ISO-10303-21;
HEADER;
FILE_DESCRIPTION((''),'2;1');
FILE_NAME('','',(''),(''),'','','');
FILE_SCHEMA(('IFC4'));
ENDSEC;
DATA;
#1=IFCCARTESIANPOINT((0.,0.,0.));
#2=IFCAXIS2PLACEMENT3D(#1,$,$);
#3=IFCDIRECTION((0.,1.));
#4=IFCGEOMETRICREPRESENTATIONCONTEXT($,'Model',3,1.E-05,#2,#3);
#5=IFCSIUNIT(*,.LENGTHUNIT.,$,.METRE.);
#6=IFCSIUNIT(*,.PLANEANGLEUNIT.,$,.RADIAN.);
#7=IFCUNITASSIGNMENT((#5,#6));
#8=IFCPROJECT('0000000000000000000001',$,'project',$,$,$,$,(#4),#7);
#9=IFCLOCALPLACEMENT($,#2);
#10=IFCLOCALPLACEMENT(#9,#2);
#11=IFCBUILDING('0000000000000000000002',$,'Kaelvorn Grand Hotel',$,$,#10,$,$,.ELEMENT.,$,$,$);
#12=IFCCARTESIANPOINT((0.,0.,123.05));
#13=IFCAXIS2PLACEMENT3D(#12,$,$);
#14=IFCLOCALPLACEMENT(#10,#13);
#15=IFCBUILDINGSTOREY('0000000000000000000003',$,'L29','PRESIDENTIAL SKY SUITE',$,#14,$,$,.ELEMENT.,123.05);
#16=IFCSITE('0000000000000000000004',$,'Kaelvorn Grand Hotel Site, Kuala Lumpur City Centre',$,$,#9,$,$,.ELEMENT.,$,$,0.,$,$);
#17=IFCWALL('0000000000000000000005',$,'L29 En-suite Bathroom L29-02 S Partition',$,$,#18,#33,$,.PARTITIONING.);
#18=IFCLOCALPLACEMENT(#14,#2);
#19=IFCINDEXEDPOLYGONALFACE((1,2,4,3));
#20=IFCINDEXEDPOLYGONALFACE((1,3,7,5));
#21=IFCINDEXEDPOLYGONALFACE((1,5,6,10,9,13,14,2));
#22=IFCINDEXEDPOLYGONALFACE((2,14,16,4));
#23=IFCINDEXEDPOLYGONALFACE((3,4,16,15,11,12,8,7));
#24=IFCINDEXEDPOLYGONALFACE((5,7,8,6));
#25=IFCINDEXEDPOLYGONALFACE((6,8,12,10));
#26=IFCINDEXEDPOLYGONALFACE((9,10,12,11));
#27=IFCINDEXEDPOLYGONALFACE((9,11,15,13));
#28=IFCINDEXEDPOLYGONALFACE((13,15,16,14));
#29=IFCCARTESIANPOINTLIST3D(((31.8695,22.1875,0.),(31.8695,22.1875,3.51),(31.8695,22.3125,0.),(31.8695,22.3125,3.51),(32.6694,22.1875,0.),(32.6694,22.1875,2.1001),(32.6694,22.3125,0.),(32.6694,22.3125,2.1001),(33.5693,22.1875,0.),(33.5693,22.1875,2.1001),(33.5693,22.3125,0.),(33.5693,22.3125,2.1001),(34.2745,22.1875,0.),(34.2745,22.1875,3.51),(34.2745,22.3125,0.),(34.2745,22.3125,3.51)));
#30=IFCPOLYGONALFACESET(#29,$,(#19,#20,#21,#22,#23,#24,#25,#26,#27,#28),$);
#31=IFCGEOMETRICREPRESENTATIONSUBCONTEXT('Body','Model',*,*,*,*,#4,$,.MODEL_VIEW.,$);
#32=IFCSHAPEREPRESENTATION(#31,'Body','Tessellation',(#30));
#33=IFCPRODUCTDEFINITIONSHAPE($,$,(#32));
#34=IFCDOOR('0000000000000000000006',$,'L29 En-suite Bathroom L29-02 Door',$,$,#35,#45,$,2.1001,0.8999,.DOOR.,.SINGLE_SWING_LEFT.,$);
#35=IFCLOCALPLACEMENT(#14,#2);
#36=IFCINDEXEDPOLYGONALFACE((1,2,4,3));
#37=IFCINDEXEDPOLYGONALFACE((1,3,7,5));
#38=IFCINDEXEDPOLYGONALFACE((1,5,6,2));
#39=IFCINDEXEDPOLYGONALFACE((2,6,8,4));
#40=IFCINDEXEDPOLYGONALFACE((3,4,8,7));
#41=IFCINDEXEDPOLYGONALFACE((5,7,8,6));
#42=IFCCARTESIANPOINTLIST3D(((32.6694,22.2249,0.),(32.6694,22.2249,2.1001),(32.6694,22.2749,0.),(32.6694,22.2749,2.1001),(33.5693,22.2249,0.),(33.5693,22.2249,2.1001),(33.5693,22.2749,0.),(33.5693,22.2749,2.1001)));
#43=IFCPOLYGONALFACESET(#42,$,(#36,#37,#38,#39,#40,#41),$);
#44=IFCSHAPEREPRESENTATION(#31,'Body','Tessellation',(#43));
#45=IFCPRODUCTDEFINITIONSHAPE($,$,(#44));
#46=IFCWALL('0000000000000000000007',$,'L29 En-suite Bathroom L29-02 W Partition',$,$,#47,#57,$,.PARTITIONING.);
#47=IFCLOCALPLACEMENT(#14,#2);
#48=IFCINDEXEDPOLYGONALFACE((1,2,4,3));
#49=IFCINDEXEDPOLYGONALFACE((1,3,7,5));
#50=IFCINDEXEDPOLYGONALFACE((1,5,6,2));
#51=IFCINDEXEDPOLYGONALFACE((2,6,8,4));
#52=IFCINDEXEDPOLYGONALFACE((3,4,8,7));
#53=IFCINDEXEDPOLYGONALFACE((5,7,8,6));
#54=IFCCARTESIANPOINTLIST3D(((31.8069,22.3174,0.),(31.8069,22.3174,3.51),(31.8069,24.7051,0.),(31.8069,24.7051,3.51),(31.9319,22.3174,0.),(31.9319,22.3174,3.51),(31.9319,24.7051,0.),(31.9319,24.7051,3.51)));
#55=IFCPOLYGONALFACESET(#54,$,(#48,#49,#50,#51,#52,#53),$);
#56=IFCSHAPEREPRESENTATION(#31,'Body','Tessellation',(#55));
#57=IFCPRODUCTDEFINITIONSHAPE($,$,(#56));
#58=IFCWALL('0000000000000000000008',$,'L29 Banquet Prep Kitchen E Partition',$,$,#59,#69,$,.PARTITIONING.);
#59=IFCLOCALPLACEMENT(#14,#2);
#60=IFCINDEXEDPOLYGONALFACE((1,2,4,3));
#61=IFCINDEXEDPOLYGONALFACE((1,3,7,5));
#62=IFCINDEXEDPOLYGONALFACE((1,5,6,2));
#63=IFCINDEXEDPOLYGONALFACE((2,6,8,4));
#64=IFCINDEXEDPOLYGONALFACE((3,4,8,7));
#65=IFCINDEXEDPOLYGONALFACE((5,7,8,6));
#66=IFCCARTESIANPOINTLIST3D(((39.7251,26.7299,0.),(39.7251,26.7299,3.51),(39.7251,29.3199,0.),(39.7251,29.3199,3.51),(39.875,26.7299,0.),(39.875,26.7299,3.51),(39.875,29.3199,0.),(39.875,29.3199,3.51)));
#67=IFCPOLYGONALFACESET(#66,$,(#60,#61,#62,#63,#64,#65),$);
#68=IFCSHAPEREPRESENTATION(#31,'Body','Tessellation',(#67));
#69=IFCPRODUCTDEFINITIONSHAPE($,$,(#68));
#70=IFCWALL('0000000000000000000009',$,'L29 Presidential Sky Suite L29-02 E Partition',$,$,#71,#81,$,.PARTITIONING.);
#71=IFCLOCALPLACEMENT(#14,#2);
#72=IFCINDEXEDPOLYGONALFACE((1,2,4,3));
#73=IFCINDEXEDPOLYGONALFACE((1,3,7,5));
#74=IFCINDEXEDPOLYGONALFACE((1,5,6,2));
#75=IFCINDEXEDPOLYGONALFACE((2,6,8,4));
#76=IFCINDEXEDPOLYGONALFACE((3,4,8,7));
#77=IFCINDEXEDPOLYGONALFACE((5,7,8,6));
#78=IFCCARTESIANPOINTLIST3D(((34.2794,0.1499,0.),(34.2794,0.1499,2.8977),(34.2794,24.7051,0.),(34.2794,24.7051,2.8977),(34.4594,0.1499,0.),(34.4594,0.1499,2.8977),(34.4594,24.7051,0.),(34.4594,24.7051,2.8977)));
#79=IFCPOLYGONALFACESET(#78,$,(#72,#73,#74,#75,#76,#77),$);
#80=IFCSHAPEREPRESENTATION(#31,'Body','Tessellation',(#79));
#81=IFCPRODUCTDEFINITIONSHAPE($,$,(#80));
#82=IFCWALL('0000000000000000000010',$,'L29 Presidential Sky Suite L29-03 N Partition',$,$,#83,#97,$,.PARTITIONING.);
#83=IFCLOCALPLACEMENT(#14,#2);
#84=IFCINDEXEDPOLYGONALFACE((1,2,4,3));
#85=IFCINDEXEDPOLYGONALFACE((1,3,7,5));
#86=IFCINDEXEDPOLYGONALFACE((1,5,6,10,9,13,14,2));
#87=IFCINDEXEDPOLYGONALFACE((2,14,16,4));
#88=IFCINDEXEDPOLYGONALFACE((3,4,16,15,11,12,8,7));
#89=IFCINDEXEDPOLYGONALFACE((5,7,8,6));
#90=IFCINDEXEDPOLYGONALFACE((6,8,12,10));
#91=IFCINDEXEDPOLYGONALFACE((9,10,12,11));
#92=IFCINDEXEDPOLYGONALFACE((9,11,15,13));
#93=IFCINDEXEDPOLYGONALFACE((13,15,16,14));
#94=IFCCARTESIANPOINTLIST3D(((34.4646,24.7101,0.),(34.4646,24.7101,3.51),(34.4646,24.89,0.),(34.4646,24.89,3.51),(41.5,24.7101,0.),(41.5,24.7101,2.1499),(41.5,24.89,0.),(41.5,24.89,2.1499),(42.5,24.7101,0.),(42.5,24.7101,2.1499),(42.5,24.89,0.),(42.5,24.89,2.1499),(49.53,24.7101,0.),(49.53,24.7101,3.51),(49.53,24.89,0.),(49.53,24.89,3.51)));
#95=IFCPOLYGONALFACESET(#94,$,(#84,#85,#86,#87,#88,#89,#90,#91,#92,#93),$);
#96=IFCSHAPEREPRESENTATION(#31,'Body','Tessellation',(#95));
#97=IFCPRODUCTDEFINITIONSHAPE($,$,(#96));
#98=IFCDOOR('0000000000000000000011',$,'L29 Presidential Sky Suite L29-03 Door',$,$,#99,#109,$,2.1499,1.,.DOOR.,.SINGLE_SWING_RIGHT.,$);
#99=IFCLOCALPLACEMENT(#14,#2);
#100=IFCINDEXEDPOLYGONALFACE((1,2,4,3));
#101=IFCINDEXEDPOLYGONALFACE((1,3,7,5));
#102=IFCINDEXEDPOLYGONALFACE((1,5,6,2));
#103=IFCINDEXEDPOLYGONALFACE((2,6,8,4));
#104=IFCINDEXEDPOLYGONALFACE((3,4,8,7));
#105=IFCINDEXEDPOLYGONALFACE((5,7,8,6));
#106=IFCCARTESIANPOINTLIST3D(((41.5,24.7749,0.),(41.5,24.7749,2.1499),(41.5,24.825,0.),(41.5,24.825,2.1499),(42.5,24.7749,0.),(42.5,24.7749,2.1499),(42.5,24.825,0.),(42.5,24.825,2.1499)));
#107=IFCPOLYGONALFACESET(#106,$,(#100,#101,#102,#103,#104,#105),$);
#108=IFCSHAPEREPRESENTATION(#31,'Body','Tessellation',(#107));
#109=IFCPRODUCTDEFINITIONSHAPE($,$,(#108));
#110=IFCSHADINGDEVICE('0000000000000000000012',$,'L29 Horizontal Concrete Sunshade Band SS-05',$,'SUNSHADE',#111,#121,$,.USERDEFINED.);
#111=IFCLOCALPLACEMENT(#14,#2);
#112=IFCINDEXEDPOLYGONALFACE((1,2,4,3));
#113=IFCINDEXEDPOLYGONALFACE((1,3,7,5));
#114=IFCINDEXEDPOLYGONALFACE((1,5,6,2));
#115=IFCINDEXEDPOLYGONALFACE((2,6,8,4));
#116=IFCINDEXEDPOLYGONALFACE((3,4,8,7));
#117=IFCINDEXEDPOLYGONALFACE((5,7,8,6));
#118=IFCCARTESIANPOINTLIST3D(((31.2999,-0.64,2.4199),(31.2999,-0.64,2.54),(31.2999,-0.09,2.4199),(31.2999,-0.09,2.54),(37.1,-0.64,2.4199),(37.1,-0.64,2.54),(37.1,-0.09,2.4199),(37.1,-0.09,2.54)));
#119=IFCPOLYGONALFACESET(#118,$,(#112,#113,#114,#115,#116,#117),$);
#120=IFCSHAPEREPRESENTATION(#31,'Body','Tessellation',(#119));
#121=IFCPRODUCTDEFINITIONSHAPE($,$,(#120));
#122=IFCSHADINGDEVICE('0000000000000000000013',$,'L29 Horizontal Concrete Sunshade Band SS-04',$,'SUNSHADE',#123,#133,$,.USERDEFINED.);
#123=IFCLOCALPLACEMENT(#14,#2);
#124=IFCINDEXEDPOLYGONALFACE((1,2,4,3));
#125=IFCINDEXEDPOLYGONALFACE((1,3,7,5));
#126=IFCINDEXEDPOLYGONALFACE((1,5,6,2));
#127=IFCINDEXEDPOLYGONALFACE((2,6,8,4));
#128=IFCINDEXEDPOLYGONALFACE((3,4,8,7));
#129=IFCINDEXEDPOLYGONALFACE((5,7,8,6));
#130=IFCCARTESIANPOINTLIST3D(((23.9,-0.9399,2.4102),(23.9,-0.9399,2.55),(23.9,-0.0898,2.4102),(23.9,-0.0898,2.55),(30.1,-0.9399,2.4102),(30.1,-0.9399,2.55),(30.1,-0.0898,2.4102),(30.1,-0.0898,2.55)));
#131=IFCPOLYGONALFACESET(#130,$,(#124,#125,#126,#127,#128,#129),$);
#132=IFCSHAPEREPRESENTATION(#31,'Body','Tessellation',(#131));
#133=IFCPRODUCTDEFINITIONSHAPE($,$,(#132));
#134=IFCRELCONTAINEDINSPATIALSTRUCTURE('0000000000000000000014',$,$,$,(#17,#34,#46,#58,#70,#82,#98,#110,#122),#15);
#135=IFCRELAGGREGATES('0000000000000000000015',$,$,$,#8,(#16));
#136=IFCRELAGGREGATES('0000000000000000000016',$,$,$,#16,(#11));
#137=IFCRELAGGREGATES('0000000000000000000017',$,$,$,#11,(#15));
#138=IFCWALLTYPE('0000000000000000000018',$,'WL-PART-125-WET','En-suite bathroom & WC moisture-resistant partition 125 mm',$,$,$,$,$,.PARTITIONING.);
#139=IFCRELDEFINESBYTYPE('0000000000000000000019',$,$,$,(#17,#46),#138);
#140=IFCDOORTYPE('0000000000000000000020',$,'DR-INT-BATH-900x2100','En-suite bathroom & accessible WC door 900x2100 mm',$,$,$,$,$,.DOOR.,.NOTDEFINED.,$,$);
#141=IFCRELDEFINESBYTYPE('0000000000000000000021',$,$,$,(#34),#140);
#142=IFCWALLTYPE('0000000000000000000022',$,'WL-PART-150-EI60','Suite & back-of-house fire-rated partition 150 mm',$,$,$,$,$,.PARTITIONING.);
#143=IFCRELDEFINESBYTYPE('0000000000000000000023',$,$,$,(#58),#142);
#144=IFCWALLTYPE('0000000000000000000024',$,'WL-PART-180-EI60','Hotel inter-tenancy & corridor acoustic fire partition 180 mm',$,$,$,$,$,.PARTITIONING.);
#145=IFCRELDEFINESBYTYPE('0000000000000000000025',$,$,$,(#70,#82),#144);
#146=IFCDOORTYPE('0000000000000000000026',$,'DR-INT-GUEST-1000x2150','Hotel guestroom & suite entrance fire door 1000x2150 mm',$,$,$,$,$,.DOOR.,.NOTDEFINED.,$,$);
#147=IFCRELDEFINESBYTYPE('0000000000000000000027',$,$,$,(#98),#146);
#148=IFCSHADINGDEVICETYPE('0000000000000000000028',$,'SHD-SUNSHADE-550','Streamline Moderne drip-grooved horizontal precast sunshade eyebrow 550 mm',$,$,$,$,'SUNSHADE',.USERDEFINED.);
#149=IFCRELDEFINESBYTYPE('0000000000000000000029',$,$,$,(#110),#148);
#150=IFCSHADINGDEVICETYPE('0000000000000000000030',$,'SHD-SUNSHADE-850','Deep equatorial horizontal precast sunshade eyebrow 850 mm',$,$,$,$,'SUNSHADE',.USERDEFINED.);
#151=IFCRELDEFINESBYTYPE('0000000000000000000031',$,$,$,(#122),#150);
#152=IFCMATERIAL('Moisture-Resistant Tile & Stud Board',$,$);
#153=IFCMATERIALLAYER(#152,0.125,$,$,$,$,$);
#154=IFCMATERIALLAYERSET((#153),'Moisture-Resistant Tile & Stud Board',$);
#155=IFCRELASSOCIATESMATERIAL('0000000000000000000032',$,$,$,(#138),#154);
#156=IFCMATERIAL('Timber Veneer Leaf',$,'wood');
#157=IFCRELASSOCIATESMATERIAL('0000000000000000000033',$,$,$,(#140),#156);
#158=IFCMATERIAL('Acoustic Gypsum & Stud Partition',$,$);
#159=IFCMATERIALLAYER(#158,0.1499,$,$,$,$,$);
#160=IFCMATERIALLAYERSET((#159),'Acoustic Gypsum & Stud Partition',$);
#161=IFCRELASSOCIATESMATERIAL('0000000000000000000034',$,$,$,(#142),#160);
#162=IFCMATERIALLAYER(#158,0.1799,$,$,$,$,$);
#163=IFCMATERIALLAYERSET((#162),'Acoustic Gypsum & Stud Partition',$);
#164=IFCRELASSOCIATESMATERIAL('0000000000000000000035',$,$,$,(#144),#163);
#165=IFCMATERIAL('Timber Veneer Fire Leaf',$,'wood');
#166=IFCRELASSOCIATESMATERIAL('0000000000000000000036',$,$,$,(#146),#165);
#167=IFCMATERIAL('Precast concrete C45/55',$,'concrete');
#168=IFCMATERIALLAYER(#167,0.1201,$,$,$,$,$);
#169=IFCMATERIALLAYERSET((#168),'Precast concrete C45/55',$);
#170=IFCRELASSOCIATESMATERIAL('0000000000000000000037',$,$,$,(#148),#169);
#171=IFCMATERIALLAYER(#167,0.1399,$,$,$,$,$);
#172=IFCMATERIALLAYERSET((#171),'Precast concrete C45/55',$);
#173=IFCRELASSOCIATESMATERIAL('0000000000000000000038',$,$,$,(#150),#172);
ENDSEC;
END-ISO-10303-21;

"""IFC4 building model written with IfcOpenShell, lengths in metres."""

from ifc_helpers import new_model, si_unit, direction, frame, frame_2d, origin, origin_2d, place, context, subcontext, project, spatial, rectangle, extrude, material, layer, layer_set, type_object, element, fill, save


model = new_model("IFC4")

# Units and contexts
model_context = context("Model", 3, precision=1e-05, world=origin(), true_north=direction((0.0, 1.0)))
body_context = subcontext(model_context, "Body", "Model", "MODEL_VIEW")
ifc_project = project(units=[si_unit("LENGTHUNIT", "METRE"), si_unit("PLANEANGLEUNIT", "RADIAN")], contexts=[model_context])

# Site, building, storey
site_placement = place(None, origin())
site = spatial("IfcSite", under=ifc_project, at=site_placement, Name="Kaelvorn Grand Hotel Site, Kuala Lumpur City Centre", CompositionType="ELEMENT", RefElevation=0.0)
building_placement = place(site_placement, origin())
building = spatial("IfcBuilding", under=site, at=building_placement, Name="Kaelvorn Grand Hotel", CompositionType="ELEMENT")
storey_placement = place(building_placement, frame((0.0, 0.0, 123.05)))
storey = spatial("IfcBuildingStorey", under=building, at=storey_placement, Name="L29", Description="PRESIDENTIAL SKY SUITE", CompositionType="ELEMENT", Elevation=123.05)

# Wall, opening, door
ifc_material_1 = material(Name="Moisture-Resistant Tile & Stud Board")
ifc_layer_1 = layer(ifc_material_1, 0.125)
ifc_layer_set_1 = layer_set([ifc_layer_1], Name="Moisture-Resistant Tile & Stud Board")
wall_type_1 = type_object("IfcWallType", Name="WL-PART-125-WET", Description="En-suite bathroom & WC moisture-resistant partition 125 mm", PredefinedType="PARTITIONING", material=ifc_layer_set_1)
wall_1_placement = place(storey_placement, frame((31.8694, 22.25, 0.0), z_axis=(0.0, 0.0, 1.0), x_axis=(1.0, 0.0, 0.0)))
wall_1 = element("IfcWall", 1, at=wall_1_placement, inside=storey, type_object=wall_type_1, Name="L29 En-suite Bathroom L29-02 S Partition", PredefinedType="PARTITIONING", context=body_context, shape_type="SweptSolid", body=[
    extrude(rectangle(XDim=2.405, YDim=0.125, at=frame_2d((1.2026, 0.0))), origin(), (0.0, 0.0, 1.0), 3.51),
])
opening_1_placement = place(wall_1_placement, frame((0.8, 0.0, 0.0)))
opening_1 = element("IfcOpeningElement", 2, at=opening_1_placement, cuts=wall_1, PredefinedType="OPENING", context=body_context, shape_type="SweptSolid", body=[
    extrude(rectangle(XDim=0.8999, YDim=2.1001, at=frame_2d((0.45, 1.05))), frame((0.0, 0.0725, 0.0), z_axis=(0.0, -1.0, 0.0), x_axis=(1.0, 0.0, 0.0)), (0.0, 0.0, 1.0), 0.145),
])
ifc_material_2 = material(Name="Timber Veneer Leaf", Category="wood")
door_type_1 = type_object("IfcDoorType", Name="DR-INT-BATH-900x2100", Description="En-suite bathroom & accessible WC door 900x2100 mm", OperationType="NOTDEFINED", PredefinedType="DOOR", material=ifc_material_2)
door_1_placement = place(opening_1_placement, origin())
door_1 = element("IfcDoor", 3, at=door_1_placement, inside=storey, type_object=door_type_1, Name="L29 En-suite Bathroom L29-02 Door", OperationType="SINGLE_SWING_LEFT", OverallHeight=2.1001, OverallWidth=0.8999, PredefinedType="DOOR", context=body_context, shape_type="SweptSolid", body=[
    extrude(rectangle(XDim=0.8999, YDim=2.1001, at=frame_2d((0.45, 1.05))), frame((0.0, 0.0249, 0.0), z_axis=(0.0, -1.0, 0.0), x_axis=(1.0, 0.0, 0.0)), (0.0, 0.0, 1.0), 0.05),
])
fill(opening_1, door_1)

# Walls
wall_2_placement = place(storey_placement, frame((31.8694, 22.3174, 0.0), z_axis=(0.0, 0.0, 1.0), x_axis=(0.0, 1.0, 0.0)))
element("IfcWall", 4, at=wall_2_placement, inside=storey, type_object=wall_type_1, Name="L29 En-suite Bathroom L29-02 W Partition", PredefinedType="PARTITIONING", context=body_context, shape_type="SweptSolid", body=[
    extrude(rectangle(XDim=2.3877, YDim=0.125, at=frame_2d((1.1938, 0.0))), origin(), (0.0, 0.0, 1.0), 3.51),
])
ifc_material_3 = material(Name="Acoustic Gypsum & Stud Partition")
ifc_layer_2 = layer(ifc_material_3, 0.1499)
ifc_layer_set_2 = layer_set([ifc_layer_2], Name="Acoustic Gypsum & Stud Partition")
wall_type_2 = type_object("IfcWallType", Name="WL-PART-150-EI60", Description="Suite & back-of-house fire-rated partition 150 mm", PredefinedType="PARTITIONING", material=ifc_layer_set_2)
wall_3_placement = place(storey_placement, frame((39.8, 26.73, 0.0), z_axis=(0.0, 0.0, 1.0), x_axis=(0.0, 1.0, 0.0)))
element("IfcWall", 5, at=wall_3_placement, inside=storey, type_object=wall_type_2, Name="L29 Banquet Prep Kitchen E Partition", PredefinedType="PARTITIONING", context=body_context, shape_type="SweptSolid", body=[
    extrude(rectangle(XDim=2.5901, YDim=0.1499, at=frame_2d((1.2949, 0.0))), origin(), (0.0, 0.0, 1.0), 3.51),
])
ifc_layer_3 = layer(ifc_material_3, 0.1799)
ifc_layer_set_3 = layer_set([ifc_layer_3], Name="Acoustic Gypsum & Stud Partition")
wall_type_3 = type_object("IfcWallType", Name="WL-PART-180-EI60", Description="Hotel inter-tenancy & corridor acoustic fire partition 180 mm", PredefinedType="PARTITIONING", material=ifc_layer_set_3)
wall_4_placement = place(storey_placement, frame((34.3694, 0.1499, 0.0), z_axis=(0.0, 0.0, 1.0), x_axis=(0.0, 1.0, 0.0)))
element("IfcWall", 6, at=wall_4_placement, inside=storey, type_object=wall_type_3, Name="L29 Presidential Sky Suite L29-02 E Partition", PredefinedType="PARTITIONING", context=body_context, shape_type="SweptSolid", body=[
    extrude(rectangle(XDim=24.5552, YDim=0.1799, at=frame_2d((12.2776, 0.0))), origin(), (0.0, 0.0, 1.0), 2.8977),
])

# Wall, opening, door
wall_5_placement = place(storey_placement, frame((34.4646, 24.8, 0.0), z_axis=(0.0, 0.0, 1.0), x_axis=(1.0, 0.0, 0.0)))
wall_5 = element("IfcWall", 7, at=wall_5_placement, inside=storey, type_object=wall_type_3, Name="L29 Presidential Sky Suite L29-03 N Partition", PredefinedType="PARTITIONING", context=body_context, shape_type="SweptSolid", body=[
    extrude(rectangle(XDim=15.0654, YDim=0.1799, at=frame_2d((7.5327, 0.0))), origin(), (0.0, 0.0, 1.0), 3.51),
])
opening_2_placement = place(wall_5_placement, frame((7.0354, 0.0, 0.0)))
opening_2 = element("IfcOpeningElement", 8, at=opening_2_placement, cuts=wall_5, PredefinedType="OPENING", context=body_context, shape_type="SweptSolid", body=[
    extrude(rectangle(XDim=1.0, YDim=2.1499, at=frame_2d((0.5, 1.075))), frame((0.0, 0.1001, 0.0), z_axis=(0.0, -1.0, 0.0), x_axis=(1.0, 0.0, 0.0)), (0.0, 0.0, 1.0), 0.2),
])
ifc_material_4 = material(Name="Timber Veneer Fire Leaf", Category="wood")
door_type_2 = type_object("IfcDoorType", Name="DR-INT-GUEST-1000x2150", Description="Hotel guestroom & suite entrance fire door 1000x2150 mm", OperationType="NOTDEFINED", PredefinedType="DOOR", material=ifc_material_4)
door_2_placement = place(opening_2_placement, origin())
door_2 = element("IfcDoor", 9, at=door_2_placement, inside=storey, type_object=door_type_2, Name="L29 Presidential Sky Suite L29-03 Door", OperationType="SINGLE_SWING_RIGHT", OverallHeight=2.1499, OverallWidth=1.0, PredefinedType="DOOR", context=body_context, shape_type="SweptSolid", body=[
    extrude(rectangle(XDim=1.0, YDim=2.1499, at=frame_2d((0.5, 1.075))), frame((0.0, 0.0249, 0.0), z_axis=(0.0, -1.0, 0.0), x_axis=(1.0, 0.0, 0.0)), (0.0, 0.0, 1.0), 0.05),
])
fill(opening_2, door_2)

# Shading devices
ifc_material_5 = material(Name="Precast concrete C45/55", Category="concrete")
ifc_layer_4 = layer(ifc_material_5, 0.1201)
ifc_layer_set_4 = layer_set([ifc_layer_4], Name="Precast concrete C45/55")
shading_device_type_1 = type_object("IfcShadingDeviceType", Name="SHD-SUNSHADE-550", Description="Streamline Moderne drip-grooved horizontal precast sunshade eyebrow 550 mm", ElementType="SUNSHADE", PredefinedType="USERDEFINED", material=ifc_layer_set_4)
shading_device_1_placement = place(storey_placement, frame((34.2, -0.365, 2.4199), z_axis=(0.0, 0.0, 1.0), x_axis=(1.0, 0.0, 0.0)))
element("IfcShadingDevice", 10, at=shading_device_1_placement, inside=storey, type_object=shading_device_type_1, Name="L29 Horizontal Concrete Sunshade Band SS-05", ObjectType="SUNSHADE", PredefinedType="USERDEFINED", context=body_context, shape_type="SweptSolid", body=[
    extrude(rectangle(XDim=5.8, YDim=0.55, at=origin_2d()), origin(), (0.0, 0.0, 1.0), 0.1201),
])
ifc_layer_5 = layer(ifc_material_5, 0.1399)
ifc_layer_set_5 = layer_set([ifc_layer_5], Name="Precast concrete C45/55")
shading_device_type_2 = type_object("IfcShadingDeviceType", Name="SHD-SUNSHADE-850", Description="Deep equatorial horizontal precast sunshade eyebrow 850 mm", ElementType="SUNSHADE", PredefinedType="USERDEFINED", material=ifc_layer_set_5)
shading_device_2_placement = place(storey_placement, frame((27.0, -0.5149, 2.4102), z_axis=(0.0, 0.0, 1.0), x_axis=(1.0, 0.0, 0.0)))
element("IfcShadingDevice", 11, at=shading_device_2_placement, inside=storey, type_object=shading_device_type_2, Name="L29 Horizontal Concrete Sunshade Band SS-04", ObjectType="SUNSHADE", PredefinedType="USERDEFINED", context=body_context, shape_type="SweptSolid", body=[
    extrude(rectangle(XDim=6.2, YDim=0.8501, at=origin_2d()), origin(), (0.0, 0.0, 1.0), 0.1399),
])

save(model, "model.ifc")
